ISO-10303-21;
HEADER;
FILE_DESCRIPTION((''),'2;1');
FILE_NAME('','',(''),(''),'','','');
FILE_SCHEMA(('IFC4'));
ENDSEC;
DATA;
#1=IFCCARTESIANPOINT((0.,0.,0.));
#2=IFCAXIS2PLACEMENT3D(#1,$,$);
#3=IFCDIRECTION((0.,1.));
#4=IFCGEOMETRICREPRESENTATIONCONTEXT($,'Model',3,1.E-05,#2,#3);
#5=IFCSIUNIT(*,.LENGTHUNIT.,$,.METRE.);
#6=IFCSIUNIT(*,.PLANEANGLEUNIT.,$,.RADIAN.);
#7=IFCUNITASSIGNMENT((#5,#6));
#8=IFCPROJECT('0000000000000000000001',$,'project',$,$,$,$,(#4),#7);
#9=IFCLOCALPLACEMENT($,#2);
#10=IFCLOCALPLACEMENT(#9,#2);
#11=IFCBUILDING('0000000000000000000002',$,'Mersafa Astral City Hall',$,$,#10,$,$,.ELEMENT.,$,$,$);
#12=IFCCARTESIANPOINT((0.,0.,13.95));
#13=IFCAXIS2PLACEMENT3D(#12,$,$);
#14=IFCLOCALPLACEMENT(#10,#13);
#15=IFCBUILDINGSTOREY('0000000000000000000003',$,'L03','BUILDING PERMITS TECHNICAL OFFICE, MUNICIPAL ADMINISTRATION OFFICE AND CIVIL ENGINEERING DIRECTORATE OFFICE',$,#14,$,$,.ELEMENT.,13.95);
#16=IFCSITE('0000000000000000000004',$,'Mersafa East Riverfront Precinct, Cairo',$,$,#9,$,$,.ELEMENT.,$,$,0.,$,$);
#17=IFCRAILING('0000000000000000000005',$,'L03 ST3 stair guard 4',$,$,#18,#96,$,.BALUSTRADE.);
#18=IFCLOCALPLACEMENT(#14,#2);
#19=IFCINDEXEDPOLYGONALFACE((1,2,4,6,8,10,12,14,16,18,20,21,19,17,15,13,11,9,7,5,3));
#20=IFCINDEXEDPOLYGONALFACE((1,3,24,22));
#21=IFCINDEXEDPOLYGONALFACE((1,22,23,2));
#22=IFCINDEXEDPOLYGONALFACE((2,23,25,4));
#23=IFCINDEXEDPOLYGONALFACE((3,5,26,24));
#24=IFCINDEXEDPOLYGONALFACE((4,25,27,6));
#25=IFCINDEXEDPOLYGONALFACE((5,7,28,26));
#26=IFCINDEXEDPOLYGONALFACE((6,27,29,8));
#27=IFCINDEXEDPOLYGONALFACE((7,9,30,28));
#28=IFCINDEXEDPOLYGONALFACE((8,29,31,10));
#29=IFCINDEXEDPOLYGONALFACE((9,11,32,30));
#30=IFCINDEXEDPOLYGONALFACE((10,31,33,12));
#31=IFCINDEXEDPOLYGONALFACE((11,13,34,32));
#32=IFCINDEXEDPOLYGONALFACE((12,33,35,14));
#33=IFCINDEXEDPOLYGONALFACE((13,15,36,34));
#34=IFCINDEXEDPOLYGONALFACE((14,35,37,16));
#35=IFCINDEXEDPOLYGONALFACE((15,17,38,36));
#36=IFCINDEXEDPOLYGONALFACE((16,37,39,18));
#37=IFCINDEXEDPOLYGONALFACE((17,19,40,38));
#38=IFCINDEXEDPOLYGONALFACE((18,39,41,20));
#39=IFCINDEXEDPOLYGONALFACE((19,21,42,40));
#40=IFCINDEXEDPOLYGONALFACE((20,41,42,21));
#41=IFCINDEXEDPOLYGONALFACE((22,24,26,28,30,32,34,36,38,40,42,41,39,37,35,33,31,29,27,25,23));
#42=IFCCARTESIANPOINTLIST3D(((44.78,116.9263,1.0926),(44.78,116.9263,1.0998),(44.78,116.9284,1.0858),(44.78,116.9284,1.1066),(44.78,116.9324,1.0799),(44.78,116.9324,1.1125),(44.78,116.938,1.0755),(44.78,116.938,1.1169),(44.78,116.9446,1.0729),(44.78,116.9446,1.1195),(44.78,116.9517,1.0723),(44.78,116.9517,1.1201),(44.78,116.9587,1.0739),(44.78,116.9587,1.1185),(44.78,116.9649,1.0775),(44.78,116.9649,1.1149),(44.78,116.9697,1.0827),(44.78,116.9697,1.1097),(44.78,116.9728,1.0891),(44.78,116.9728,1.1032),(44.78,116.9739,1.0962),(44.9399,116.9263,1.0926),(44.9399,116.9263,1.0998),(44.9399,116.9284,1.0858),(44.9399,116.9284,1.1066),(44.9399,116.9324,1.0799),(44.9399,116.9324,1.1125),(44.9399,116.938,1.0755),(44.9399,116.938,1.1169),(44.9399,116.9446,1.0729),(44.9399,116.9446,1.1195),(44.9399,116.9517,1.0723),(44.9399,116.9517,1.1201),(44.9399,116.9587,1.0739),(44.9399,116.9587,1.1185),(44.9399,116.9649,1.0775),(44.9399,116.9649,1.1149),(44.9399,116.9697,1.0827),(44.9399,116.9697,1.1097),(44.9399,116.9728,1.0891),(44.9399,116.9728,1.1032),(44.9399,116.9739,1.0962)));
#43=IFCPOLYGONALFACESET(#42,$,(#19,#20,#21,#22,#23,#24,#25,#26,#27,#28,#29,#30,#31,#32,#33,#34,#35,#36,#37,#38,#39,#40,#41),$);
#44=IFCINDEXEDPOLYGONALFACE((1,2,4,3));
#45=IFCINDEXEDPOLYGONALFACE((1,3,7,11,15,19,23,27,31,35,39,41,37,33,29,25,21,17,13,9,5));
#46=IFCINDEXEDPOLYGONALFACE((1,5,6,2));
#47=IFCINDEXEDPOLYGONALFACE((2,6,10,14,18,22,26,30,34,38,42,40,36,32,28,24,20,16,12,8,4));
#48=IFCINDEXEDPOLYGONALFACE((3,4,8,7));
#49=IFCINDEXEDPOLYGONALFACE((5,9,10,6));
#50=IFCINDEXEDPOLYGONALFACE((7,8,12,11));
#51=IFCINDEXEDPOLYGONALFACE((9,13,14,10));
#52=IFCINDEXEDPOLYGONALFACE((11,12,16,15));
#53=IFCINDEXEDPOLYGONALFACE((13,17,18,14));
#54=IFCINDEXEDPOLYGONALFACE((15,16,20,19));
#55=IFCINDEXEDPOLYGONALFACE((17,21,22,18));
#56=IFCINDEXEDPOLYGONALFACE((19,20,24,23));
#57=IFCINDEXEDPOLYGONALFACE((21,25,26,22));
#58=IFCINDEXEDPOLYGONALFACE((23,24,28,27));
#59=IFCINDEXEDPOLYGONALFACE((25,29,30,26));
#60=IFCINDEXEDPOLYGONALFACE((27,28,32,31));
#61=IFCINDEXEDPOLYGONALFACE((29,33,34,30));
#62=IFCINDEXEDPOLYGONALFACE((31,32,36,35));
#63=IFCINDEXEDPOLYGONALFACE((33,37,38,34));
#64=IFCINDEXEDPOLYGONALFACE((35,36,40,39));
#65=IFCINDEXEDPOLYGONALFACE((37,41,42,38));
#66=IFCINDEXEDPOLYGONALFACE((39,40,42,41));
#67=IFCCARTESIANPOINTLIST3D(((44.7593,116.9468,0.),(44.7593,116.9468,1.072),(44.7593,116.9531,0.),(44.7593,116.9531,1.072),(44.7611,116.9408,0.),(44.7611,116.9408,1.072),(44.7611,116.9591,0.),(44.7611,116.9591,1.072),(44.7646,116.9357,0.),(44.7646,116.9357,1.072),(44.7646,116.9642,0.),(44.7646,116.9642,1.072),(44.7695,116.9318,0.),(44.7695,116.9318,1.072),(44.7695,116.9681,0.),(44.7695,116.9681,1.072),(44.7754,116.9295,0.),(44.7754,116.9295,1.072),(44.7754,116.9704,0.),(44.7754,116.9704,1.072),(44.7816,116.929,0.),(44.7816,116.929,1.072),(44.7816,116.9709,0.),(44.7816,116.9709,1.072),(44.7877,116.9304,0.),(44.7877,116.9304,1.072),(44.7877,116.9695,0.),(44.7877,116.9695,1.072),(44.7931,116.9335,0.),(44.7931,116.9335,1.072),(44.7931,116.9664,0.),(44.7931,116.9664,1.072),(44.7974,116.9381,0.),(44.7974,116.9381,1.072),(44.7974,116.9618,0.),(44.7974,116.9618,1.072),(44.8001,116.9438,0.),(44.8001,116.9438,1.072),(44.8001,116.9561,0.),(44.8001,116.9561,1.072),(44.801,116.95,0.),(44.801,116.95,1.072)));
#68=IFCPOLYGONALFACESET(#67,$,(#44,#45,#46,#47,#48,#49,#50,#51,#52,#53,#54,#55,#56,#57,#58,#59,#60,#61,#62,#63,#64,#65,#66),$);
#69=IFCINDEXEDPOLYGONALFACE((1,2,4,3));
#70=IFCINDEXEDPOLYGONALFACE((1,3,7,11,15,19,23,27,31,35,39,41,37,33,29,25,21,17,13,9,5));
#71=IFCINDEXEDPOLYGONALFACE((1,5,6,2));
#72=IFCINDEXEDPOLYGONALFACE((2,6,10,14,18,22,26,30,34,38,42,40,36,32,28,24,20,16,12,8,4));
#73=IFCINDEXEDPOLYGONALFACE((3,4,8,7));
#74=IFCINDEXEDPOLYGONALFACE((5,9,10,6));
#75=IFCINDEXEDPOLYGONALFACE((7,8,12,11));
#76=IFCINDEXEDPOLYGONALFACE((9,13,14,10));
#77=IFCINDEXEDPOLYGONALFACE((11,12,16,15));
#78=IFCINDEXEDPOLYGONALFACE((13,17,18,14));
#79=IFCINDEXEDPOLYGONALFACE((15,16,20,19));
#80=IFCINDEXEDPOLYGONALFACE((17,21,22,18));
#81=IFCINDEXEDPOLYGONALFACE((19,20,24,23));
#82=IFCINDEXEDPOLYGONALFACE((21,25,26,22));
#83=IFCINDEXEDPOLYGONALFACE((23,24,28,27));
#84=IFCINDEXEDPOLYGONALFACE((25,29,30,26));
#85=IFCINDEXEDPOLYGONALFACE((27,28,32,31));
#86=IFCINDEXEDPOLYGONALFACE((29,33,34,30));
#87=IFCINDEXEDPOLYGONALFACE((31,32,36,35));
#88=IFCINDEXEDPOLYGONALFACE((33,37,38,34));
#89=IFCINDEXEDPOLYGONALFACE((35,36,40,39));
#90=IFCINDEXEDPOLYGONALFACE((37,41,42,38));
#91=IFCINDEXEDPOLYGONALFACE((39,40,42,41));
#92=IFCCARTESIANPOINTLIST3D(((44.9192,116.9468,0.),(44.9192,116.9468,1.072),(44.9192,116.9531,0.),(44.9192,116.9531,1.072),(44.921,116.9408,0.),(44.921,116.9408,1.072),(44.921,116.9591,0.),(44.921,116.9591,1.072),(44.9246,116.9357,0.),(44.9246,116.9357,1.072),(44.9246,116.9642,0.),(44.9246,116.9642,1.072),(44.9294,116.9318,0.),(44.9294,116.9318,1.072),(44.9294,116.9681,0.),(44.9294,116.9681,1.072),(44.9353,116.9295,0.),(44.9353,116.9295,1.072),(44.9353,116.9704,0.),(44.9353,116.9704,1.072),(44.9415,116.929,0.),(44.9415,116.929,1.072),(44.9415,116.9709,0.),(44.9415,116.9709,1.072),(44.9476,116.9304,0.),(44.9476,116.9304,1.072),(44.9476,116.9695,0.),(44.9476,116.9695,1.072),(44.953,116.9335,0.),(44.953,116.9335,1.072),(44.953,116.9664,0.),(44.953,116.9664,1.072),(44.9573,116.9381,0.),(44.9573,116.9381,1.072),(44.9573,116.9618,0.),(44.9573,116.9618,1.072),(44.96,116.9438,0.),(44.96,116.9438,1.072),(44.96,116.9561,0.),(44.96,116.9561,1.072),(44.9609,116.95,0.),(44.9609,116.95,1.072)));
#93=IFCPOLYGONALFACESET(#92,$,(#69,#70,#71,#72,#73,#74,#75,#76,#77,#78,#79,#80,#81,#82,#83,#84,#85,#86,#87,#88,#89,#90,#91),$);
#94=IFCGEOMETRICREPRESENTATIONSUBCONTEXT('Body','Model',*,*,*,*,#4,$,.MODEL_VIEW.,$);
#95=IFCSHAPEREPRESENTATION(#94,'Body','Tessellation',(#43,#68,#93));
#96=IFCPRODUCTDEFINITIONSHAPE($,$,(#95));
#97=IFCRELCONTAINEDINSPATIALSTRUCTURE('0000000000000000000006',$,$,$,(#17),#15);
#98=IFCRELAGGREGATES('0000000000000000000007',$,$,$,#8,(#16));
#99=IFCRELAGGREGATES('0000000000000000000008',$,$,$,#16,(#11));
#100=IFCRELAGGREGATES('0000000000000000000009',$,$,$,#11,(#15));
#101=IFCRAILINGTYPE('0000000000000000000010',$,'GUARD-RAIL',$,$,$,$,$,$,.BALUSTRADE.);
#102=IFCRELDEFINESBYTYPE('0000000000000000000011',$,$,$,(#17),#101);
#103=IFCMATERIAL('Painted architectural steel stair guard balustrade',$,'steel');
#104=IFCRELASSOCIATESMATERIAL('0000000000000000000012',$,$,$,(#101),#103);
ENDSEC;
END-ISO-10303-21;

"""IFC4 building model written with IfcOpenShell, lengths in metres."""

from ifc_helpers import new_model, si_unit, direction, frame, origin, origin_2d, place, context, subcontext, project, spatial, circle, extrude, material, type_object, element, save


model = new_model("IFC4")

# Units and contexts
model_context = context("Model", 3, precision=1e-05, world=origin(), true_north=direction((0.0, 1.0)))
body_context = subcontext(model_context, "Body", "Model", "MODEL_VIEW")
ifc_project = project(units=[si_unit("LENGTHUNIT", "METRE"), si_unit("PLANEANGLEUNIT", "RADIAN")], contexts=[model_context])

# Site, building, storey
site_placement = place(None, origin())
site = spatial("IfcSite", under=ifc_project, at=site_placement, Name="Mersafa East Riverfront Precinct, Cairo", CompositionType="ELEMENT", RefElevation=0.0)
building_placement = place(site_placement, origin())
building = spatial("IfcBuilding", under=site, at=building_placement, Name="Mersafa Astral City Hall", CompositionType="ELEMENT")
storey_placement = place(building_placement, frame((0.0, 0.0, 13.95)))
storey = spatial("IfcBuildingStorey", under=building, at=storey_placement, Name="L03", Description="BUILDING PERMITS TECHNICAL OFFICE, MUNICIPAL ADMINISTRATION OFFICE AND CIVIL ENGINEERING DIRECTORATE OFFICE", CompositionType="ELEMENT", Elevation=13.95)

# Railing
ifc_material_1 = material(Name="Painted architectural steel stair guard balustrade", Category="steel")
railing_type_1 = type_object("IfcRailingType", Name="GUARD-RAIL", PredefinedType="BALUSTRADE", material=ifc_material_1)
railing_1_placement = place(storey_placement, frame((44.78, 116.95, 0.0)))
element("IfcRailing", 1, at=railing_1_placement, inside=storey, type_object=railing_type_1, Name="L03 ST3 stair guard 4", PredefinedType="BALUSTRADE", context=body_context, shape_type="SweptSolid", body=[
    extrude(circle(Radius=0.0239, at=origin_2d()), frame((0.0, 0.0, 1.0962), z_axis=(1.0, 0.0, 0.0), x_axis=(0.0, 1.0, 0.0)), (0.0, 0.0, 1.0), 0.1599),
    extrude(circle(Radius=0.021, at=origin_2d()), origin(), (0.0, 0.0, 1.0), 1.072),
    extrude(circle(Radius=0.021, at=origin_2d()), frame((0.1599, 0.0, 0.0)), (0.0, 0.0, 1.0), 1.072),
])

save(model, "model.ifc")
